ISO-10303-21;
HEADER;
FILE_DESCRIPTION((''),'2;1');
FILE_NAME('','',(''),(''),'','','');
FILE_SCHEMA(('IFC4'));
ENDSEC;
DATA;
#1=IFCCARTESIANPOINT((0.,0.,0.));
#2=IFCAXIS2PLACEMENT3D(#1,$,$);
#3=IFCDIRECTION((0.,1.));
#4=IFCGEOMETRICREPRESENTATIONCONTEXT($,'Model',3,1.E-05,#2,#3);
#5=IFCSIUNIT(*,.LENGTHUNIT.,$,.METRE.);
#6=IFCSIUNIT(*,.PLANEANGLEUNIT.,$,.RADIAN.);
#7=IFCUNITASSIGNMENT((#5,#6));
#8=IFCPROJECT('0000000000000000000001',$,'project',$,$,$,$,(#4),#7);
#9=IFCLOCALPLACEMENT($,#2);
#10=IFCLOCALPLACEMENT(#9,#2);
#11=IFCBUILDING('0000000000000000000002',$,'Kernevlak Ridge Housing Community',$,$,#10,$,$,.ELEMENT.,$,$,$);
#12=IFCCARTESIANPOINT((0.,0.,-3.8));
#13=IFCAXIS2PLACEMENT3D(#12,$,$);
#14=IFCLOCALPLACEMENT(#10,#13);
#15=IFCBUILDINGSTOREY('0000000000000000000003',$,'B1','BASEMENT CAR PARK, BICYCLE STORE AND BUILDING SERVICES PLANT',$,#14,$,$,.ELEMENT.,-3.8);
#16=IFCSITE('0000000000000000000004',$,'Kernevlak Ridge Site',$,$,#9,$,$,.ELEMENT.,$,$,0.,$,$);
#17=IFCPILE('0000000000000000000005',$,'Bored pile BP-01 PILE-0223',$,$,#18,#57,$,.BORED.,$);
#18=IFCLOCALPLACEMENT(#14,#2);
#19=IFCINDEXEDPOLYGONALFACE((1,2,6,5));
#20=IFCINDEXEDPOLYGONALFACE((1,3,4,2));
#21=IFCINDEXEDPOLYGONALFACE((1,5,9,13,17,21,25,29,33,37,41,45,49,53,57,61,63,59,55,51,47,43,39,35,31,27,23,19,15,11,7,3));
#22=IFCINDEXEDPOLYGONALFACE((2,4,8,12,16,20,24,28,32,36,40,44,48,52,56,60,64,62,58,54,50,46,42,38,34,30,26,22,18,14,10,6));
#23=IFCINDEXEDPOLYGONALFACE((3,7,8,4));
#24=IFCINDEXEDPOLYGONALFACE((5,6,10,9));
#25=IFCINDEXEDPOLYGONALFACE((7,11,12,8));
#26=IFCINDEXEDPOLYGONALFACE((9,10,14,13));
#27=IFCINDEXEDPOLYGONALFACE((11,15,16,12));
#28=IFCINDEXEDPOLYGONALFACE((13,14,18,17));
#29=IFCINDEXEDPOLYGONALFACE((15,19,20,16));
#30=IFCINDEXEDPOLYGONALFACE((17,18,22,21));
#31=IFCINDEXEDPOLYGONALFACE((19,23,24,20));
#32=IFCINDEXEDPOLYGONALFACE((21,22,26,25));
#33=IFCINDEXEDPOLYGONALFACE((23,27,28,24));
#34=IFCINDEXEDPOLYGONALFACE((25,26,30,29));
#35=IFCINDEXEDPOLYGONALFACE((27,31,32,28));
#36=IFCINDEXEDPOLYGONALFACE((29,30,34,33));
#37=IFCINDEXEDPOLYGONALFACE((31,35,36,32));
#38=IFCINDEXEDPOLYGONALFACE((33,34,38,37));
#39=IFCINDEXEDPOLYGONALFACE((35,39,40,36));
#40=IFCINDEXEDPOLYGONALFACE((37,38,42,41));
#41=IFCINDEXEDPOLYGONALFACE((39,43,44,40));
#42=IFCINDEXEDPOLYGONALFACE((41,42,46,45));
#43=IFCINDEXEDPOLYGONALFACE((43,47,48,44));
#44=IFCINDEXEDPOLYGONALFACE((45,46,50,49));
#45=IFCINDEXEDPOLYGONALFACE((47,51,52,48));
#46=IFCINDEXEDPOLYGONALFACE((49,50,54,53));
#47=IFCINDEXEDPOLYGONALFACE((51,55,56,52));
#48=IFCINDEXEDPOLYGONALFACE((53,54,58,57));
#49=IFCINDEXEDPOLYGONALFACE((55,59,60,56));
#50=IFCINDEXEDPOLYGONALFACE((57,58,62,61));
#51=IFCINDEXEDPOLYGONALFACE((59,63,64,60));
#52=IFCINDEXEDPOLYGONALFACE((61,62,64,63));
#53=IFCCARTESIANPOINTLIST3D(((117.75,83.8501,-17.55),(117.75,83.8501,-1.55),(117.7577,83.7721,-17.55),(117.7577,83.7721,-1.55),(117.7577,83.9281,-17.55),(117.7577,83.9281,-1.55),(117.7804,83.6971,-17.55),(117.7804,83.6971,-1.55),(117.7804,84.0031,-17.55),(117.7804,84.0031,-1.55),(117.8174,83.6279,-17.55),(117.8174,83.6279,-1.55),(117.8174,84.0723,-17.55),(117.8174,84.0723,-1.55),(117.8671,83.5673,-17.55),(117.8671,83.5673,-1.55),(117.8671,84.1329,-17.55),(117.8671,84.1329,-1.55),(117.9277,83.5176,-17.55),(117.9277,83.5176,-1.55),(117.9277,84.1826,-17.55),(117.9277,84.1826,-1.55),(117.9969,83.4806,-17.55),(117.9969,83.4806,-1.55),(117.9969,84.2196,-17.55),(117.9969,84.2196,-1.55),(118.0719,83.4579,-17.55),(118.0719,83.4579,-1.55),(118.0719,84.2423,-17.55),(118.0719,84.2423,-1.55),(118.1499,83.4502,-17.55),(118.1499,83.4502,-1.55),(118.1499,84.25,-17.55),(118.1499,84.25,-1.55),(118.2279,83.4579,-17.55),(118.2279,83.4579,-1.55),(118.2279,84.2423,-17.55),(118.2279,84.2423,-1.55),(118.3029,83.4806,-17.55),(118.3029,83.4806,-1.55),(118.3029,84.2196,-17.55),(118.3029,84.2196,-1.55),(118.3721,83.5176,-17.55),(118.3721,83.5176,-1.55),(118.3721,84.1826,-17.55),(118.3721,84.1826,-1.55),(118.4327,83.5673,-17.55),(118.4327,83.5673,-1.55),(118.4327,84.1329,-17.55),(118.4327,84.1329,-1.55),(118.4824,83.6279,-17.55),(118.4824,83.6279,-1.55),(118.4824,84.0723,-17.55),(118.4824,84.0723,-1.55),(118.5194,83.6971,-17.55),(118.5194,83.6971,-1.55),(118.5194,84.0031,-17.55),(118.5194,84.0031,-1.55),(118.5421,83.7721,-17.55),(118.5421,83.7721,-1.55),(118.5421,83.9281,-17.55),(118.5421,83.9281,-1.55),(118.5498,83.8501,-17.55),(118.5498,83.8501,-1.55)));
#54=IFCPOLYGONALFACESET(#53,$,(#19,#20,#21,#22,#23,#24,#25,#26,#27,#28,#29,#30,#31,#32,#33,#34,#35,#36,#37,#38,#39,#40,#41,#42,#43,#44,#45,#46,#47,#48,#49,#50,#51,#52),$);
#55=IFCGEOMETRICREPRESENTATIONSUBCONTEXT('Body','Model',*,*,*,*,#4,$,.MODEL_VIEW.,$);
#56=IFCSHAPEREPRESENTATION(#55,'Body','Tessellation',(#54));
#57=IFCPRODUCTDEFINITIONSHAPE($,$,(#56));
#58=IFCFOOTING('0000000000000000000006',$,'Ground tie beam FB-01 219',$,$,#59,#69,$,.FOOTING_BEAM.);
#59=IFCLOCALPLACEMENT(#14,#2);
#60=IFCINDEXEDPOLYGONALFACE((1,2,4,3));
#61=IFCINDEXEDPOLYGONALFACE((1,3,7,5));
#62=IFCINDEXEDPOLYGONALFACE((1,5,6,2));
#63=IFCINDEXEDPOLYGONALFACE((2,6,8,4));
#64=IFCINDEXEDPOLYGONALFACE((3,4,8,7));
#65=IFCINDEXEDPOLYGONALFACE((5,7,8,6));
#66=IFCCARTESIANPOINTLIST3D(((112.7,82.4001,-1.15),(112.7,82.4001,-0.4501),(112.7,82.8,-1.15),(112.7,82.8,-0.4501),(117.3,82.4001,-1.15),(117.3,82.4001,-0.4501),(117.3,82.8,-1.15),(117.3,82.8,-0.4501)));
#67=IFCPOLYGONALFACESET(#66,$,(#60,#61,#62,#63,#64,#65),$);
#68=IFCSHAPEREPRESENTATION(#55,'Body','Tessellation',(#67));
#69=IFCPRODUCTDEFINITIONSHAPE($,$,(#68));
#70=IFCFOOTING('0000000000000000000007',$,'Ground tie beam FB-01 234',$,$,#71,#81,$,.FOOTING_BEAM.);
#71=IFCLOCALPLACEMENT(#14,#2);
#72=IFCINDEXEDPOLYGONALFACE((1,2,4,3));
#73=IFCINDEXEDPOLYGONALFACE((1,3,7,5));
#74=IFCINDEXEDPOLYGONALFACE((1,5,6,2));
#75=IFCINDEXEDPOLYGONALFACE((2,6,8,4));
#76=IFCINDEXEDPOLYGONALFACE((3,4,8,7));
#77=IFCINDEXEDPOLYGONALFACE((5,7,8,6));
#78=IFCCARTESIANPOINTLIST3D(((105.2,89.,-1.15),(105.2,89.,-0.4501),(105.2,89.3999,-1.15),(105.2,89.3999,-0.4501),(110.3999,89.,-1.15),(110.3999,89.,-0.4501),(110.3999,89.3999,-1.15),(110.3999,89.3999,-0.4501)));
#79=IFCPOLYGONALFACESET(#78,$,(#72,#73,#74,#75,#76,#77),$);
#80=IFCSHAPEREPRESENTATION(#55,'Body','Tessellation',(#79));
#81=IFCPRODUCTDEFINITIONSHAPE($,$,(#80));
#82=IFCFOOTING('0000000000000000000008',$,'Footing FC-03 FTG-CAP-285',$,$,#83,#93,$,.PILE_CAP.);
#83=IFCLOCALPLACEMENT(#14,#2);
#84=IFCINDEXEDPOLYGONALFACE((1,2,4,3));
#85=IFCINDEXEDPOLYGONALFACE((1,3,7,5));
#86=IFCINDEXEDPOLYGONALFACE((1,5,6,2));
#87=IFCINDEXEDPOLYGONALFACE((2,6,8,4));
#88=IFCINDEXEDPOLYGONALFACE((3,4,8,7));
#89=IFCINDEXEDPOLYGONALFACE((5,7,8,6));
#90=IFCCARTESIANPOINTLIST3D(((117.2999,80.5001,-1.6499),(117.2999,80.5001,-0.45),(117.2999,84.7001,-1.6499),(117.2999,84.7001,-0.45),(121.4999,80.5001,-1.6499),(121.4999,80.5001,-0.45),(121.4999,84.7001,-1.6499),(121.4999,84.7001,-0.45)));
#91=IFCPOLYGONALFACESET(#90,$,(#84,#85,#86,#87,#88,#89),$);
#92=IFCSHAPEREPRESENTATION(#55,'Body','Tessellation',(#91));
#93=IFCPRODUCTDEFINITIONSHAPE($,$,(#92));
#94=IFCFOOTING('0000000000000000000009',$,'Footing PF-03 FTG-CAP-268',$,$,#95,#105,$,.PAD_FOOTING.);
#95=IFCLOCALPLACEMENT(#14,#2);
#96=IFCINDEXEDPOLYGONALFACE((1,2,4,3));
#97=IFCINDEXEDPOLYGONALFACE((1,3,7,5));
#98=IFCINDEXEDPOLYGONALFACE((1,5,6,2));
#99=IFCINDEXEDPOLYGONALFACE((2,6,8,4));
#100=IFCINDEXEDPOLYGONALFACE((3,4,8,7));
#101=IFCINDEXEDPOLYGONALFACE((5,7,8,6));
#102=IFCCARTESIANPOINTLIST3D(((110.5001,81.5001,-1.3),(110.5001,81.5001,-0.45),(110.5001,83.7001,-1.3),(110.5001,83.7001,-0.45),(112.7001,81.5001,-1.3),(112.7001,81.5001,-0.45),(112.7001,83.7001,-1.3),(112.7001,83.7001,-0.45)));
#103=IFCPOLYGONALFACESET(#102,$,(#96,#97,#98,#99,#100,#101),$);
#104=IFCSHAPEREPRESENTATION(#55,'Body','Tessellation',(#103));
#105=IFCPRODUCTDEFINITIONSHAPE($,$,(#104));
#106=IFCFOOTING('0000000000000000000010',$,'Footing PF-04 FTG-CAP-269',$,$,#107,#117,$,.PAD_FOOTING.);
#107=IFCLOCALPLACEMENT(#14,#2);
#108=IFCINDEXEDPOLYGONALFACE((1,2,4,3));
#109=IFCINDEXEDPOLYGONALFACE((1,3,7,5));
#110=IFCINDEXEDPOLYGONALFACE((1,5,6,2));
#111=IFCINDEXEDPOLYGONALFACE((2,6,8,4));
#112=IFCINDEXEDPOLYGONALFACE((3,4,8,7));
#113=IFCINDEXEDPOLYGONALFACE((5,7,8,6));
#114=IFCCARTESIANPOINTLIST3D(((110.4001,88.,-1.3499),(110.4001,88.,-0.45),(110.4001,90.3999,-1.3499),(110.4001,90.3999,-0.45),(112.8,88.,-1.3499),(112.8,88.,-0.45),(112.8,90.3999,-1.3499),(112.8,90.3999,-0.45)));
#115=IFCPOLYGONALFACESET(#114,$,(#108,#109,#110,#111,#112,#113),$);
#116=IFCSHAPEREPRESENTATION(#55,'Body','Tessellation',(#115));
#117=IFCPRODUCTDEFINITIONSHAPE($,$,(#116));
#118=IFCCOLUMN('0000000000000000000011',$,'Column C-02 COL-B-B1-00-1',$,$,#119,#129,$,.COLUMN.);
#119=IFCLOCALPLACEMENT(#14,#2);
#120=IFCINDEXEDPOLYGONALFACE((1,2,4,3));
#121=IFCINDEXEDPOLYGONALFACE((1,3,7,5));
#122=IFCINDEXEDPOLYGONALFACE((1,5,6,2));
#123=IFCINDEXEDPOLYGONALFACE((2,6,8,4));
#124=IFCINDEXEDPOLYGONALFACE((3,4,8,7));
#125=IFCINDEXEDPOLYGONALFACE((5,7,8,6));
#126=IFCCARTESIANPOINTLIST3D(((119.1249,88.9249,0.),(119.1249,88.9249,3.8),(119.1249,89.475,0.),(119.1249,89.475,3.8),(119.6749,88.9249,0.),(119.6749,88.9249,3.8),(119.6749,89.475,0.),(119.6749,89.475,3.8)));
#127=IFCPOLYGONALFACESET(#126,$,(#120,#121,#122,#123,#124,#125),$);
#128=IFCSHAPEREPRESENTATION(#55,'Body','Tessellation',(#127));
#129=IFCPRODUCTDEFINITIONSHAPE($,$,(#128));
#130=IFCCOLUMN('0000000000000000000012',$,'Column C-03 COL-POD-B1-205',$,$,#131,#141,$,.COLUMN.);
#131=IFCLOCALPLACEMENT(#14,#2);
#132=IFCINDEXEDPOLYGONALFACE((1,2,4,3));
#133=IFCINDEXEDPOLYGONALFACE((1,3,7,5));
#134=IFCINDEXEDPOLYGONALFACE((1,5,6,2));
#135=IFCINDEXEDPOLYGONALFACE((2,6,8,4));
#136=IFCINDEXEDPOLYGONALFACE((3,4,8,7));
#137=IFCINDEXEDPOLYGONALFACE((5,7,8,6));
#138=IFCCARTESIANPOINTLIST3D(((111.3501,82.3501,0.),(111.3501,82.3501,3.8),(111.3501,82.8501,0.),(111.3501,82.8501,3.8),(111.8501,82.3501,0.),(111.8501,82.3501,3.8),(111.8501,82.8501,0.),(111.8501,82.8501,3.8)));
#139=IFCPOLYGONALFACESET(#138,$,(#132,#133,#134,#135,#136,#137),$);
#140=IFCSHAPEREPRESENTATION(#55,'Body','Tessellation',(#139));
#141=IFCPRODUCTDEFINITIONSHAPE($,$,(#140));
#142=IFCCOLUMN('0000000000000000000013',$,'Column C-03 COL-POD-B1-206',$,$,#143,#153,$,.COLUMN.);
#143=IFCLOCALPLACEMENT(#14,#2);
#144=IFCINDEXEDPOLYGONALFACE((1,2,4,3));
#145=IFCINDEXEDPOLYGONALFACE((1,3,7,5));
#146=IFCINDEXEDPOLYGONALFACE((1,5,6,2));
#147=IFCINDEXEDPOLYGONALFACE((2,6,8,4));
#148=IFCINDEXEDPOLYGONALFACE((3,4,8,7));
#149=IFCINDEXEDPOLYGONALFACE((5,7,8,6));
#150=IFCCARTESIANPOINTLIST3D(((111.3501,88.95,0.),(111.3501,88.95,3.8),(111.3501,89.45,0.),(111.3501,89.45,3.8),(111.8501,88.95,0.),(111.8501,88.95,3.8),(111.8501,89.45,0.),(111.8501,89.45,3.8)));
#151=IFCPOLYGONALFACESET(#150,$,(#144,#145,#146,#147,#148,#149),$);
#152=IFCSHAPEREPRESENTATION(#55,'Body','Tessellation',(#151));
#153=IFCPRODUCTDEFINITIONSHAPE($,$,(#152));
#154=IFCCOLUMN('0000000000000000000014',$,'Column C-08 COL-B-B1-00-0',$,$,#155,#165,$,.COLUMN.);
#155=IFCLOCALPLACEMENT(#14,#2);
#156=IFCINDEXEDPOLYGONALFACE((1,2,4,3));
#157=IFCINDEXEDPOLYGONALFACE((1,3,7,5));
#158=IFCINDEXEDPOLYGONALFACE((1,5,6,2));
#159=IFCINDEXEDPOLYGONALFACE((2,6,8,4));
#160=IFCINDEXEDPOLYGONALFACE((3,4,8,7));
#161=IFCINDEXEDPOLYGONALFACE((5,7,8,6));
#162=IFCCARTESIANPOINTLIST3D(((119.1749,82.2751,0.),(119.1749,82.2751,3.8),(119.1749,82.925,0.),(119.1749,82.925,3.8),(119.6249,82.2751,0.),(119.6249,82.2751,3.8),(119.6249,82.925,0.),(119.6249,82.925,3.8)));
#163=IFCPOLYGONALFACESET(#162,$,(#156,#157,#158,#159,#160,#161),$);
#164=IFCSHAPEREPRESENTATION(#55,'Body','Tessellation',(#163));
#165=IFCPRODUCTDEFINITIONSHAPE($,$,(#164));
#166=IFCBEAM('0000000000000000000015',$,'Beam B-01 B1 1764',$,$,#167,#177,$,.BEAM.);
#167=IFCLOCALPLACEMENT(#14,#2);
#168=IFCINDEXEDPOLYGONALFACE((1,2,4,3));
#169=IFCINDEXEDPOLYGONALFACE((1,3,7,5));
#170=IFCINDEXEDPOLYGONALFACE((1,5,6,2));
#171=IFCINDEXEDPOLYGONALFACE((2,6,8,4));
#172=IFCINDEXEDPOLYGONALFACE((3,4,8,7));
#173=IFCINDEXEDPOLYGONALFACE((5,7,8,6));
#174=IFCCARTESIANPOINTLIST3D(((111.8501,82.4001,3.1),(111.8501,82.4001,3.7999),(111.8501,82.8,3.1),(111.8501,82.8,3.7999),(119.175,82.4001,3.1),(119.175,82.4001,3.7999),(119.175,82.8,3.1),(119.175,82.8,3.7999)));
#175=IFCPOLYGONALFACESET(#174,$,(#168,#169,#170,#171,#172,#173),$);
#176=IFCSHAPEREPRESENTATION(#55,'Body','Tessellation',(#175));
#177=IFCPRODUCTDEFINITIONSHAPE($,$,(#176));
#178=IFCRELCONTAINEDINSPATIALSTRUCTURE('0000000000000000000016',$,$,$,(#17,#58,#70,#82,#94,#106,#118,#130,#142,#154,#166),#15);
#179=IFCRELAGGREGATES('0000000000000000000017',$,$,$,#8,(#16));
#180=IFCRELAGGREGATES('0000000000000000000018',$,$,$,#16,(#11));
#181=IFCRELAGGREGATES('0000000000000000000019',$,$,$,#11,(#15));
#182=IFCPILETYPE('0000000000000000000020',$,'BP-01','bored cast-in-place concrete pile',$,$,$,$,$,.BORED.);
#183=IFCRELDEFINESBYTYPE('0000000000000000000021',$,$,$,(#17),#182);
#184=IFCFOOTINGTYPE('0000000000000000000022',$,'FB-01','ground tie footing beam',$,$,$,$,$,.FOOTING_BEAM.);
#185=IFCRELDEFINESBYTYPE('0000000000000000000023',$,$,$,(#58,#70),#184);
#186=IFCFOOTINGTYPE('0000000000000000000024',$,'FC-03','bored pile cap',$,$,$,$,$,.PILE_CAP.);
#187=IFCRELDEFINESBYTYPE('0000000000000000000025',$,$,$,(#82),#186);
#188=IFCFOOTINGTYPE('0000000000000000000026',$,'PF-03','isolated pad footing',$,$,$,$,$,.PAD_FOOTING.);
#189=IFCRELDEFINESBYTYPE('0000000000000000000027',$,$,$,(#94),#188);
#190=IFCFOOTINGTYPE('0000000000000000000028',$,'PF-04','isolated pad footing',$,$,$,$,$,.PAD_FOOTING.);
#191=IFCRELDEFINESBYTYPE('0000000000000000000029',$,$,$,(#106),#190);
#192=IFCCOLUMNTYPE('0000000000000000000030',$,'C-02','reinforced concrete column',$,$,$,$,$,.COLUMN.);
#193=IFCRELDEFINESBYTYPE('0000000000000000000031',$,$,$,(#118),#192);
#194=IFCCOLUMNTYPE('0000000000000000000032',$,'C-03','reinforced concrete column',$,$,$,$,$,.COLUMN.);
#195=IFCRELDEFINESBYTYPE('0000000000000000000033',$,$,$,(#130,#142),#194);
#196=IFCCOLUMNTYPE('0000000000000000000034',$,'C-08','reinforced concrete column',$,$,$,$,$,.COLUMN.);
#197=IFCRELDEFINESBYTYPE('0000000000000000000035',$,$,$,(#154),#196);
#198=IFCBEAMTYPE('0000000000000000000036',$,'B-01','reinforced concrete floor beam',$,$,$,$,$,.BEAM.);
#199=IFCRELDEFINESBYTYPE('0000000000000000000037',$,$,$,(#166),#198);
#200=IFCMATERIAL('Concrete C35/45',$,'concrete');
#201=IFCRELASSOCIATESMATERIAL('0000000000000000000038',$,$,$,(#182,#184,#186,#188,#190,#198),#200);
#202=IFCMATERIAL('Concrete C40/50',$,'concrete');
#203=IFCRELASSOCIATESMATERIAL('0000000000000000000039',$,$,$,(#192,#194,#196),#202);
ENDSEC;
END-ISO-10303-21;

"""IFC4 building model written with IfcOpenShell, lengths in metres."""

from ifc_helpers import new_model, si_unit, direction, frame, origin, origin_2d, place, context, subcontext, project, spatial, rectangle, circle, extrude, material, material_profile, profile_set, type_object, element, save


model = new_model("IFC4")

# Units and contexts
model_context = context("Model", 3, precision=1e-05, world=origin(), true_north=direction((0.0, 1.0)))
body_context = subcontext(model_context, "Body", "Model", "MODEL_VIEW")
ifc_project = project(units=[si_unit("LENGTHUNIT", "METRE"), si_unit("PLANEANGLEUNIT", "RADIAN")], contexts=[model_context])

# Site, building, storey
site_placement = place(None, origin())
site = spatial("IfcSite", under=ifc_project, at=site_placement, Name="Kernevlak Ridge Site", CompositionType="ELEMENT", RefElevation=0.0)
building_placement = place(site_placement, origin())
building = spatial("IfcBuilding", under=site, at=building_placement, Name="Kernevlak Ridge Housing Community", CompositionType="ELEMENT")
storey_placement = place(building_placement, frame((0.0, 0.0, -3.8)))
storey = spatial("IfcBuildingStorey", under=building, at=storey_placement, Name="B1", Description="BASEMENT CAR PARK, BICYCLE STORE AND BUILDING SERVICES PLANT", CompositionType="ELEMENT", Elevation=-3.8)

# Pile
ifc_material_1 = material(Name="Concrete C35/45", Category="concrete")
ifc_material_profile_1 = material_profile(ifc_material_1, circle(Radius=0.3999, at=origin_2d()), Name="BORED PILE 800")
ifc_profile_set_1 = profile_set([ifc_material_profile_1], Name="Concrete C35/45")
pile_type = type_object("IfcPileType", Name="BP-01", Description="bored cast-in-place concrete pile", PredefinedType="BORED", material=ifc_profile_set_1)
pile_placement = place(storey_placement, frame((118.1499, 83.8501, -1.55), z_axis=(0.0, 0.0, -1.0), x_axis=(1.0, 0.0, 0.0)))
element("IfcPile", 1, at=pile_placement, inside=storey, type_object=pile_type, Name="Bored pile BP-01 PILE-0223", PredefinedType="BORED", context=body_context, shape_type="SweptSolid", body=[
    extrude(circle(Radius=0.3999, at=origin_2d()), origin(), (0.0, 0.0, 1.0), 16.0),
])

# Footings
ifc_material_profile_2 = material_profile(ifc_material_1, rectangle(XDim=0.3999, YDim=0.7, at=origin_2d()), Name="RC 400x700")
ifc_profile_set_2 = profile_set([ifc_material_profile_2], Name="Concrete C35/45")
footing_type_1 = type_object("IfcFootingType", Name="FB-01", Description="ground tie footing beam", PredefinedType="FOOTING_BEAM", material=ifc_profile_set_2)
footing_1_placement = place(storey_placement, frame((112.7, 82.6001, -0.8), z_axis=(1.0, 0.0, 0.0), x_axis=(0.0, 1.0, 0.0)))
element("IfcFooting", 2, at=footing_1_placement, inside=storey, type_object=footing_type_1, Name="Ground tie beam FB-01 219", PredefinedType="FOOTING_BEAM", context=body_context, shape_type="SweptSolid", body=[
    extrude(rectangle(XDim=0.3999, YDim=0.7, at=origin_2d()), origin(), (0.0, 0.0, 1.0), 4.6001),
])
footing_2_placement = place(storey_placement, frame((105.2, 89.2, -0.8), z_axis=(1.0, 0.0, 0.0), x_axis=(0.0, 1.0, 0.0)))
element("IfcFooting", 3, at=footing_2_placement, inside=storey, type_object=footing_type_1, Name="Ground tie beam FB-01 234", PredefinedType="FOOTING_BEAM", context=body_context, shape_type="SweptSolid", body=[
    extrude(rectangle(XDim=0.3999, YDim=0.7, at=origin_2d()), origin(), (0.0, 0.0, 1.0), 5.2),
])
footing_type_2 = type_object("IfcFootingType", Name="FC-03", Description="bored pile cap", PredefinedType="PILE_CAP", material=ifc_material_1)
footing_3_placement = place(storey_placement, frame((119.3999, 82.6001, -1.6499), z_axis=(0.0, 0.0, 1.0), x_axis=(1.0, 0.0, 0.0)))
element("IfcFooting", 4, at=footing_3_placement, inside=storey, type_object=footing_type_2, Name="Footing FC-03 FTG-CAP-285", PredefinedType="PILE_CAP", context=body_context, shape_type="SweptSolid", body=[
    extrude(rectangle(XDim=4.2, YDim=4.2, at=origin_2d()), origin(), (0.0, 0.0, 1.0), 1.2),
])
footing_type_3 = type_object("IfcFootingType", Name="PF-03", Description="isolated pad footing", PredefinedType="PAD_FOOTING", material=ifc_material_1)
footing_4_placement = place(storey_placement, frame((111.6001, 82.6001, -1.3), z_axis=(0.0, 0.0, 1.0), x_axis=(1.0, 0.0, 0.0)))
element("IfcFooting", 5, at=footing_4_placement, inside=storey, type_object=footing_type_3, Name="Footing PF-03 FTG-CAP-268", PredefinedType="PAD_FOOTING", context=body_context, shape_type="SweptSolid", body=[
    extrude(rectangle(XDim=2.2, YDim=2.2, at=origin_2d()), origin(), (0.0, 0.0, 1.0), 0.8501),
])
footing_type_4 = type_object("IfcFootingType", Name="PF-04", Description="isolated pad footing", PredefinedType="PAD_FOOTING", material=ifc_material_1)
footing_5_placement = place(storey_placement, frame((111.6001, 89.2, -1.3499), z_axis=(0.0, 0.0, 1.0), x_axis=(1.0, 0.0, 0.0)))
element("IfcFooting", 6, at=footing_5_placement, inside=storey, type_object=footing_type_4, Name="Footing PF-04 FTG-CAP-269", PredefinedType="PAD_FOOTING", context=body_context, shape_type="SweptSolid", body=[
    extrude(rectangle(XDim=2.3999, YDim=2.3999, at=origin_2d()), origin(), (0.0, 0.0, 1.0), 0.8999),
])

# Columns
ifc_material_2 = material(Name="Concrete C40/50", Category="concrete")
ifc_material_profile_3 = material_profile(ifc_material_2, rectangle(XDim=0.55, YDim=0.55, at=origin_2d()), Name="RC 550x550")
ifc_profile_set_3 = profile_set([ifc_material_profile_3], Name="Concrete C40/50")
column_type_1 = type_object("IfcColumnType", Name="C-02", Description="reinforced concrete column", PredefinedType="COLUMN", material=ifc_profile_set_3)
column_1_placement = place(storey_placement, frame((119.3999, 89.2, 0.0), z_axis=(0.0, 0.0, 1.0), x_axis=(1.0, 0.0, 0.0)))
element("IfcColumn", 7, at=column_1_placement, inside=storey, type_object=column_type_1, Name="Column C-02 COL-B-B1-00-1", PredefinedType="COLUMN", context=body_context, shape_type="SweptSolid", body=[
    extrude(rectangle(XDim=0.55, YDim=0.55, at=origin_2d()), origin(), (0.0, 0.0, 1.0), 3.8),
])
ifc_material_profile_4 = material_profile(ifc_material_2, rectangle(XDim=0.5, YDim=0.5, at=origin_2d()), Name="RC 500x500")
ifc_profile_set_4 = profile_set([ifc_material_profile_4], Name="Concrete C40/50")
column_type_2 = type_object("IfcColumnType", Name="C-03", Description="reinforced concrete column", PredefinedType="COLUMN", material=ifc_profile_set_4)
for number, where, z_axis, x_axis, name in (
    (8, (111.6001, 82.6001, 0.0), (0.0, 0.0, 1.0), (1.0, 0.0, 0.0), "Column C-03 COL-POD-B1-205"),
    (9, (111.6001, 89.2, 0.0), (0.0, 0.0, 1.0), (1.0, 0.0, 0.0), "Column C-03 COL-POD-B1-206"),
):
    element("IfcColumn", number, at=place(storey_placement, frame(where, z_axis=z_axis, x_axis=x_axis)), inside=storey, type_object=column_type_2, Name=name, PredefinedType="COLUMN", context=body_context, shape_type="SweptSolid", body=[
        extrude(rectangle(XDim=0.5, YDim=0.5, at=origin_2d()), origin(), (0.0, 0.0, 1.0), 3.8),
    ])
ifc_material_profile_5 = material_profile(ifc_material_2, rectangle(XDim=0.45, YDim=0.6499, at=origin_2d()), Name="RC 450x650")
ifc_profile_set_5 = profile_set([ifc_material_profile_5], Name="Concrete C40/50")
column_type_3 = type_object("IfcColumnType", Name="C-08", Description="reinforced concrete column", PredefinedType="COLUMN", material=ifc_profile_set_5)
column_2_placement = place(storey_placement, frame((119.3999, 82.6001, 0.0), z_axis=(0.0, 0.0, 1.0), x_axis=(1.0, 0.0, 0.0)))
element("IfcColumn", 10, at=column_2_placement, inside=storey, type_object=column_type_3, Name="Column C-08 COL-B-B1-00-0", PredefinedType="COLUMN", context=body_context, shape_type="SweptSolid", body=[
    extrude(rectangle(XDim=0.45, YDim=0.6499, at=origin_2d()), origin(), (0.0, 0.0, 1.0), 3.8),
])

# Beam
ifc_material_profile_6 = material_profile(ifc_material_1, rectangle(XDim=0.3999, YDim=0.7, at=origin_2d()), Name="RC 400x700")
ifc_profile_set_6 = profile_set([ifc_material_profile_6], Name="Concrete C35/45")
beam_type_1 = type_object("IfcBeamType", Name="B-01", Description="reinforced concrete floor beam", PredefinedType="BEAM", material=ifc_profile_set_6)
beam_1_placement = place(storey_placement, frame((111.8501, 82.6001, 3.45), z_axis=(1.0, 0.0, 0.0), x_axis=(0.0, 1.0, 0.0)))
element("IfcBeam", 11, at=beam_1_placement, inside=storey, type_object=beam_type_1, Name="Beam B-01 B1 1764", PredefinedType="BEAM", context=body_context, shape_type="SweptSolid", body=[
    extrude(rectangle(XDim=0.3999, YDim=0.7, at=origin_2d()), origin(), (0.0, 0.0, 1.0), 7.325),
])

save(model, "model.ifc")
